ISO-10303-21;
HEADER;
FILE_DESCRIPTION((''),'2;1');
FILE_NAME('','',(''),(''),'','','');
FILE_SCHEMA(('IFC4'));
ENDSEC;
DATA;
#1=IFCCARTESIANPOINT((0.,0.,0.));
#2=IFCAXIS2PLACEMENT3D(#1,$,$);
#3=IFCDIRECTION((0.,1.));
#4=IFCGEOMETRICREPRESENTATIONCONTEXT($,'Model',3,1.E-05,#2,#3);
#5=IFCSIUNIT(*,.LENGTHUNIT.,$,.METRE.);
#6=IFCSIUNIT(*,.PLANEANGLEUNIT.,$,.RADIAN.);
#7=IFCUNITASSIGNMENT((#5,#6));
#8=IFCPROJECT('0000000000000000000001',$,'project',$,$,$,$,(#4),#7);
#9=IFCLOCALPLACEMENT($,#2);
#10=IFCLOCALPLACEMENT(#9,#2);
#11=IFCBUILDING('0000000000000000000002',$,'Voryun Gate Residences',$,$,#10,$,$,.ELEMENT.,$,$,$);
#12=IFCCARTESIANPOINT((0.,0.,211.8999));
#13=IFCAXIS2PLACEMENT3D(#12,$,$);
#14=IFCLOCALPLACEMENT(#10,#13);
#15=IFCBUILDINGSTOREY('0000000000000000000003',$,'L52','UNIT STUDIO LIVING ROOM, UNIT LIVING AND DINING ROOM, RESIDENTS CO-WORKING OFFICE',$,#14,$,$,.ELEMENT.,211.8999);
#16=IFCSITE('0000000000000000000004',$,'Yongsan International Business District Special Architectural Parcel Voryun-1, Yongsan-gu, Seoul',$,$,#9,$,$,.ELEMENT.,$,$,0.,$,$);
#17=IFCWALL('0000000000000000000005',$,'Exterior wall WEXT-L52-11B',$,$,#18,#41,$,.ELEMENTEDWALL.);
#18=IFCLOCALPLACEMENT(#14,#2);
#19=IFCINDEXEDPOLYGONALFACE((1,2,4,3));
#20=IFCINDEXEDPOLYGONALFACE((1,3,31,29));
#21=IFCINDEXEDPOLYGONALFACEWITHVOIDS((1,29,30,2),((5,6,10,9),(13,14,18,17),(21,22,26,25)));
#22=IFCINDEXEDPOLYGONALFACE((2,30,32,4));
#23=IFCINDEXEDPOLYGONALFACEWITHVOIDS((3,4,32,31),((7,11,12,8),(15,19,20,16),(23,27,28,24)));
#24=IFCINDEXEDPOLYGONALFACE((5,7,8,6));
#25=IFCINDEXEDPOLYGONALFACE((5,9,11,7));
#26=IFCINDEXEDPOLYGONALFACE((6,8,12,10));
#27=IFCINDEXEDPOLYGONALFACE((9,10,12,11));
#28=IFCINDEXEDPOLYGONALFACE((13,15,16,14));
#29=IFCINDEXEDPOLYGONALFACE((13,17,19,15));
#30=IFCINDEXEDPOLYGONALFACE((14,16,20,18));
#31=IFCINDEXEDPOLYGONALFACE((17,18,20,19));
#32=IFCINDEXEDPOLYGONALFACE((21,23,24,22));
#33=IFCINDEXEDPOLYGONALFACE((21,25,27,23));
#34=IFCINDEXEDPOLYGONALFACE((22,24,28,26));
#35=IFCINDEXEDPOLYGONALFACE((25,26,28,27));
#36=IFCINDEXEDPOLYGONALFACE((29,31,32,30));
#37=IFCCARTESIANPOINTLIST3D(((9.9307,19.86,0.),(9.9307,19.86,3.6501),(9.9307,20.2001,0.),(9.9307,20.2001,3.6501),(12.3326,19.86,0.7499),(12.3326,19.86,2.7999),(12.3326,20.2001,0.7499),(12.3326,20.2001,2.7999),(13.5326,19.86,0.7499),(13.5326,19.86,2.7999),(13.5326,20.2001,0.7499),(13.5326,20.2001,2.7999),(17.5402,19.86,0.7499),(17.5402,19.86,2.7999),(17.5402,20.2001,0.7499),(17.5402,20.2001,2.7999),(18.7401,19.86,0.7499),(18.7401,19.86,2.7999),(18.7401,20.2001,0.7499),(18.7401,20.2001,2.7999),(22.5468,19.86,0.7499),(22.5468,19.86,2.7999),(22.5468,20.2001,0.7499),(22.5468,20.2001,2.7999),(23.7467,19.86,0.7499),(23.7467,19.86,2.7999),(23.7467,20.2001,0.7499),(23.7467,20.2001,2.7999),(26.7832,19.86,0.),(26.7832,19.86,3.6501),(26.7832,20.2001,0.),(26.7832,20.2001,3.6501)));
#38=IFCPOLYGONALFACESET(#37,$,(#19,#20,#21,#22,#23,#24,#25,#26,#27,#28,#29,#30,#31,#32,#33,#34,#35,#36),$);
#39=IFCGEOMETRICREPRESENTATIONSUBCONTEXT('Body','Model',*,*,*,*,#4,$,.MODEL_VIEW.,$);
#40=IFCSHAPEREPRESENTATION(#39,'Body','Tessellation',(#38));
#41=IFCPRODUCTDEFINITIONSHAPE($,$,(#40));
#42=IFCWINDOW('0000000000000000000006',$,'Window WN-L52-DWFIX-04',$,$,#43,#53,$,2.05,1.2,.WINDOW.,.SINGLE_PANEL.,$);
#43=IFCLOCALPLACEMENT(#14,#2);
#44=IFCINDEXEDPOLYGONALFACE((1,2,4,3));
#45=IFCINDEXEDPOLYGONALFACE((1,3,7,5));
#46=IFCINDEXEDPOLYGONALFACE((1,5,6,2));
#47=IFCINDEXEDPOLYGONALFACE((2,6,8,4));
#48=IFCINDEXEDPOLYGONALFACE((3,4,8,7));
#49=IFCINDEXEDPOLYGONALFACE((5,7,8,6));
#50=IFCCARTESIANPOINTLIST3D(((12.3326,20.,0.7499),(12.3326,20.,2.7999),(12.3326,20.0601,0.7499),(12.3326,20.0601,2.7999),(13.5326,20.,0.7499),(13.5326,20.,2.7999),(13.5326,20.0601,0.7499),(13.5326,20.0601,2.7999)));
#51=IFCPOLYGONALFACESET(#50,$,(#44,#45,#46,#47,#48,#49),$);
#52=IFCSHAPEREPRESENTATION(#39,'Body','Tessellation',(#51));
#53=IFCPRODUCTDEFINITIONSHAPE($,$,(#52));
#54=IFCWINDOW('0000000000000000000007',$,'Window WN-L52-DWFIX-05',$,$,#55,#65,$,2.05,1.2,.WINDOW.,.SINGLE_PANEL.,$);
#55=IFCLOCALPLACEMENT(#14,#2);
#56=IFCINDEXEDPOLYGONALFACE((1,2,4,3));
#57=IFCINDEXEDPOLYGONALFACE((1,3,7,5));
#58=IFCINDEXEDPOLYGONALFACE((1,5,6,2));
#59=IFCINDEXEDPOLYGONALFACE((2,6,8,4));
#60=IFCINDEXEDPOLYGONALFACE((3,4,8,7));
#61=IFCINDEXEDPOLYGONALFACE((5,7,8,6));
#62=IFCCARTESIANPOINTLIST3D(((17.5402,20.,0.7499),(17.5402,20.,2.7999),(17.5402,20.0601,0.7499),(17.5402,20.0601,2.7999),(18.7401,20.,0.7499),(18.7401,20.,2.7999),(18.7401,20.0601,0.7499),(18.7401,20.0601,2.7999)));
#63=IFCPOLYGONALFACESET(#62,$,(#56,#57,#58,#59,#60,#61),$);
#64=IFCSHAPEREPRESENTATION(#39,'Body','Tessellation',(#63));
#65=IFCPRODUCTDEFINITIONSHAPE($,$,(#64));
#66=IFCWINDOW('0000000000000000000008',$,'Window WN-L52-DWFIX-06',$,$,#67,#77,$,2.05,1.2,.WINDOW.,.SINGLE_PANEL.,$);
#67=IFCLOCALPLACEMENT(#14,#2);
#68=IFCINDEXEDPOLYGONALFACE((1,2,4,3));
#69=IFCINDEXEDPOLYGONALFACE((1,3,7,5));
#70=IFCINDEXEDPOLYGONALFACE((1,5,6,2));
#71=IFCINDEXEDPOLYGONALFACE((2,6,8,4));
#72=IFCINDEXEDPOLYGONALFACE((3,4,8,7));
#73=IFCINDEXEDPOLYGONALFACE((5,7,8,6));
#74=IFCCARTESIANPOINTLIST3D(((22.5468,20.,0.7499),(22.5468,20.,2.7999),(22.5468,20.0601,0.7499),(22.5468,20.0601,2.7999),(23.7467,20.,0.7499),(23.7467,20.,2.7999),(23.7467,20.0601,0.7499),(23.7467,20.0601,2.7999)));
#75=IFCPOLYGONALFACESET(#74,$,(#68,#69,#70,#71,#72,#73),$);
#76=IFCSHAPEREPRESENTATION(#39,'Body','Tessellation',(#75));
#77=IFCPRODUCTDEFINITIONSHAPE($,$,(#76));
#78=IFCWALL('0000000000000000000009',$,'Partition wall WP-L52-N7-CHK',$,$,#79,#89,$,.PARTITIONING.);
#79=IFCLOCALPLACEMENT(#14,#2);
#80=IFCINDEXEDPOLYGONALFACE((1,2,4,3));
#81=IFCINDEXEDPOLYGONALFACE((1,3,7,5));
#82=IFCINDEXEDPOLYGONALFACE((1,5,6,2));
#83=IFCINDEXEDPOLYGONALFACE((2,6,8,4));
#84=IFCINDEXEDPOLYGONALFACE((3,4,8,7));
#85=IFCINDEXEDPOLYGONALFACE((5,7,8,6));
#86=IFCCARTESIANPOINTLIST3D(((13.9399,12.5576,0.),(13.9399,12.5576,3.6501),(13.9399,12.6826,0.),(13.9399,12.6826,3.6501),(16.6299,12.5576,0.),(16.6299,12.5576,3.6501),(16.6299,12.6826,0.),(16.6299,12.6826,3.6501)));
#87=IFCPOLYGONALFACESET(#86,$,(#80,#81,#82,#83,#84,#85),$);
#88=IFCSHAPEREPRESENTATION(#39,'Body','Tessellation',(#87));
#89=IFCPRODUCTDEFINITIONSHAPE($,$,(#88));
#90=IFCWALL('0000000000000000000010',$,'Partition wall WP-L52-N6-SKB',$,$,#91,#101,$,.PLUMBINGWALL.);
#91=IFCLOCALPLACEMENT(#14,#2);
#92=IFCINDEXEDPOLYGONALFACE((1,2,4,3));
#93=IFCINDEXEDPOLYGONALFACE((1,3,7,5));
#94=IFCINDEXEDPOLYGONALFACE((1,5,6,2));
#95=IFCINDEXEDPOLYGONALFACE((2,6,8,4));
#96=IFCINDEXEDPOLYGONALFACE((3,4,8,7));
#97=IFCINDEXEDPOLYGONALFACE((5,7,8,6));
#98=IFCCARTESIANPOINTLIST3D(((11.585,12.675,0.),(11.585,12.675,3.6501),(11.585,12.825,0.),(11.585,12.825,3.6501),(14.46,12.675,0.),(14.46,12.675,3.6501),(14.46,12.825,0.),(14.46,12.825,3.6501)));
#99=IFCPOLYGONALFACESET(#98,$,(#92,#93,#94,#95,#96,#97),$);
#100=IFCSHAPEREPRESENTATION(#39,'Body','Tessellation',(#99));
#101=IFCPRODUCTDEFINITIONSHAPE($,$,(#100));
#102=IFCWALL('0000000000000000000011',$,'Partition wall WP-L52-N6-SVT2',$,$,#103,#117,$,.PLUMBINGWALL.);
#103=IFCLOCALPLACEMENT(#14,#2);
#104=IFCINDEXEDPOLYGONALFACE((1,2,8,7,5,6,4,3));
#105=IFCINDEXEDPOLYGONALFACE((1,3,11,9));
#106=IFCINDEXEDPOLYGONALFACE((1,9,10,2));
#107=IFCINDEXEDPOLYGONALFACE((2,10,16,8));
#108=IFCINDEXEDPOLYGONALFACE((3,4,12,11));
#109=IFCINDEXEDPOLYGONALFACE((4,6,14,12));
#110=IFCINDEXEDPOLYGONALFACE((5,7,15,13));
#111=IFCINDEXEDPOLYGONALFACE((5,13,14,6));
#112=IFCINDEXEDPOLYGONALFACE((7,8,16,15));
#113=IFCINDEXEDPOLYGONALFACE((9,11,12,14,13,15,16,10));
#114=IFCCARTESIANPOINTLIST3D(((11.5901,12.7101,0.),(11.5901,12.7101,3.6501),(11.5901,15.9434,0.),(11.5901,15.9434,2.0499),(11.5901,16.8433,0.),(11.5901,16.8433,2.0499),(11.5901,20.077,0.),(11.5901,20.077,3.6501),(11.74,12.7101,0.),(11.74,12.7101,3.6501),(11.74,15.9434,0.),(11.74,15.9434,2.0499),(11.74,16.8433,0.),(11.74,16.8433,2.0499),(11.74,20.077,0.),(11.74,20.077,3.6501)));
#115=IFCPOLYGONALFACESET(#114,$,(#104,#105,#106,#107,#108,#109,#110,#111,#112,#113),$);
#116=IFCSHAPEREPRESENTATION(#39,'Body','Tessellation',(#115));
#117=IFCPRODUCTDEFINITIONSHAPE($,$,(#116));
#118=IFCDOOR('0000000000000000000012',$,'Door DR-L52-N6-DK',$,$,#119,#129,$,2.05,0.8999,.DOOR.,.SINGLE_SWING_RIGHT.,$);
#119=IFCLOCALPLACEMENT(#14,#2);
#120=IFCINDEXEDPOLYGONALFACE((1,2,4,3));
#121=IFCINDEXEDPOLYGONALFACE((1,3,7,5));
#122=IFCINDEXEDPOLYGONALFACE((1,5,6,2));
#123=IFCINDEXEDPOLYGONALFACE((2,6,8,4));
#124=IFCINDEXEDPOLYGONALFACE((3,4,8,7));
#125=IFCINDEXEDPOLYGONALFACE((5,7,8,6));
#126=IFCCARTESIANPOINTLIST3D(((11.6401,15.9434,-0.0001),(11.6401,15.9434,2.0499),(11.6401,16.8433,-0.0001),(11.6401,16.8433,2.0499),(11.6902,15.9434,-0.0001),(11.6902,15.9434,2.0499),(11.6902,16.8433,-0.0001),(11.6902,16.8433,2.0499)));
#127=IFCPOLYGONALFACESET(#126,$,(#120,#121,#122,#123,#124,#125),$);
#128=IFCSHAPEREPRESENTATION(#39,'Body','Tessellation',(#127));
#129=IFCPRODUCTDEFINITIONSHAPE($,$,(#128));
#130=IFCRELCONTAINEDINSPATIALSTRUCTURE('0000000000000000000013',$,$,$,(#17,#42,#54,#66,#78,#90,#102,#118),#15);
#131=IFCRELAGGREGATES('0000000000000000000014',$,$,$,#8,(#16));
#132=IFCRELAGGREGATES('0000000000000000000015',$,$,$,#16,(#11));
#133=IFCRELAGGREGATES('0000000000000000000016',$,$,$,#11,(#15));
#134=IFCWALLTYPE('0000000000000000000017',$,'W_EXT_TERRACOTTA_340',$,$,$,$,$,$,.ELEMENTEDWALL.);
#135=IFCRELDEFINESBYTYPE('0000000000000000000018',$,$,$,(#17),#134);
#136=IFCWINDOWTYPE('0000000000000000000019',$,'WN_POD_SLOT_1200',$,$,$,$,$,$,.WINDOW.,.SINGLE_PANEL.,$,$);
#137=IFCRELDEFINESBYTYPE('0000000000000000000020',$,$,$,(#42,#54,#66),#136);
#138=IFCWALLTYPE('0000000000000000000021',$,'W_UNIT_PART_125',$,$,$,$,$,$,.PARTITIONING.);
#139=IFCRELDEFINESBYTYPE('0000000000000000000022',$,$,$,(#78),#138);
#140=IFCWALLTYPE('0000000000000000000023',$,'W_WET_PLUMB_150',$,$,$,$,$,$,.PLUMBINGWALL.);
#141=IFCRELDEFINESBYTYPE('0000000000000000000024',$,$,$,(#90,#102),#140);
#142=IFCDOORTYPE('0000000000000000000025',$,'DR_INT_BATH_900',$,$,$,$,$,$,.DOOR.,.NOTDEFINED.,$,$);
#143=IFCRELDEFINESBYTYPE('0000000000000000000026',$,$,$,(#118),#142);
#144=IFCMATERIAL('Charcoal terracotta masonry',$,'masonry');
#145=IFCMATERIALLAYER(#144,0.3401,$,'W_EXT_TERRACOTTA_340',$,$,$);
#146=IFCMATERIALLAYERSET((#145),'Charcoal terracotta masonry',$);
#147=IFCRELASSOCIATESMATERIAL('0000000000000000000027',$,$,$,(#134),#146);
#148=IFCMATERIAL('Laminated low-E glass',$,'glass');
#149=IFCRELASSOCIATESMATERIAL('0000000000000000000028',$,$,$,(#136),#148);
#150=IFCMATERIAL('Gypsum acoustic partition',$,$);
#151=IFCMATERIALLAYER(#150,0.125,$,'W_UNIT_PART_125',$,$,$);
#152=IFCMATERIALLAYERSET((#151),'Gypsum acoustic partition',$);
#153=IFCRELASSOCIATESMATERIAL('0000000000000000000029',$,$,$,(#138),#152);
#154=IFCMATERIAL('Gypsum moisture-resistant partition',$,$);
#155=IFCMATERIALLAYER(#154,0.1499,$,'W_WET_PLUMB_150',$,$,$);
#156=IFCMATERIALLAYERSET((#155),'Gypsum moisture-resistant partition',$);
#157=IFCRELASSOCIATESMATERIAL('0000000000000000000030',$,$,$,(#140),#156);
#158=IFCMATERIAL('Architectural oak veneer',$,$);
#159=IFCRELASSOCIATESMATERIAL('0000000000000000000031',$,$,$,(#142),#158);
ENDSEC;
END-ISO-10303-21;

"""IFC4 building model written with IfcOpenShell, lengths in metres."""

from ifc_helpers import new_model, si_unit, direction, frame, frame_2d, origin, place, context, subcontext, project, spatial, rectangle, extrude, material, layer, layer_set, type_object, element, fill, save


model = new_model("IFC4")

# Units and contexts
model_context = context("Model", 3, precision=1e-05, world=origin(), true_north=direction((0.0, 1.0)))
body_context = subcontext(model_context, "Body", "Model", "MODEL_VIEW")
ifc_project = project(units=[si_unit("LENGTHUNIT", "METRE"), si_unit("PLANEANGLEUNIT", "RADIAN")], contexts=[model_context])

# Site, building, storey
site_placement = place(None, origin())
site = spatial("IfcSite", under=ifc_project, at=site_placement, Name="Yongsan International Business District Special Architectural Parcel Voryun-1, Yongsan-gu, Seoul", CompositionType="ELEMENT", RefElevation=0.0)
building_placement = place(site_placement, origin())
building = spatial("IfcBuilding", under=site, at=building_placement, Name="Voryun Gate Residences", CompositionType="ELEMENT")
storey_placement = place(building_placement, frame((0.0, 0.0, 211.8999)))
storey = spatial("IfcBuildingStorey", under=building, at=storey_placement, Name="L52", Description="UNIT STUDIO LIVING ROOM, UNIT LIVING AND DINING ROOM, RESIDENTS CO-WORKING OFFICE", CompositionType="ELEMENT", Elevation=211.8999)

# Wall, openings, windows
ifc_material_1 = material(Name="Charcoal terracotta masonry", Category="masonry")
ifc_layer_1 = layer(ifc_material_1, 0.3401, Name="W_EXT_TERRACOTTA_340")
ifc_layer_set_1 = layer_set([ifc_layer_1], Name="Charcoal terracotta masonry")
wall_type_1 = type_object("IfcWallType", Name="W_EXT_TERRACOTTA_340", PredefinedType="ELEMENTEDWALL", material=ifc_layer_set_1)
wall_1_placement = place(storey_placement, frame((9.9307, 20.03, 0.0), z_axis=(0.0, 0.0, 1.0), x_axis=(1.0, 0.0, 0.0)))
wall_1 = element("IfcWall", 1, at=wall_1_placement, inside=storey, type_object=wall_type_1, Name="Exterior wall WEXT-L52-11B", PredefinedType="ELEMENTEDWALL", context=body_context, shape_type="SweptSolid", body=[
    extrude(rectangle(XDim=16.8525, YDim=0.3401, at=frame_2d((8.4263, 0.0))), origin(), (0.0, 0.0, 1.0), 3.6501),
])
opening_1_placement = place(wall_1_placement, frame((2.4019, 0.0, 0.75)))
opening_1 = element("IfcOpeningElement", 2, at=opening_1_placement, cuts=wall_1, PredefinedType="OPENING", context=body_context, shape_type="SweptSolid", body=[
    extrude(rectangle(XDim=1.2, YDim=2.05, at=frame_2d((0.6001, 1.0249))), frame((0.0, 0.1799, 0.0), z_axis=(0.0, -1.0, 0.0), x_axis=(1.0, 0.0, 0.0)), (0.0, 0.0, 1.0), 0.3601),
])
opening_2_placement = place(wall_1_placement, frame((7.6094, 0.0, 0.75)))
opening_2 = element("IfcOpeningElement", 3, at=opening_2_placement, cuts=wall_1, PredefinedType="OPENING", context=body_context, shape_type="SweptSolid", body=[
    extrude(rectangle(XDim=1.2, YDim=2.05, at=frame_2d((0.6001, 1.0249))), frame((0.0, 0.1799, 0.0), z_axis=(0.0, -1.0, 0.0), x_axis=(1.0, 0.0, 0.0)), (0.0, 0.0, 1.0), 0.3601),
])
opening_3_placement = place(wall_1_placement, frame((12.616, 0.0, 0.75)))
opening_3 = element("IfcOpeningElement", 4, at=opening_3_placement, cuts=wall_1, PredefinedType="OPENING", context=body_context, shape_type="SweptSolid", body=[
    extrude(rectangle(XDim=1.2, YDim=2.05, at=frame_2d((0.6001, 1.0249))), frame((0.0, 0.1799, 0.0), z_axis=(0.0, -1.0, 0.0), x_axis=(1.0, 0.0, 0.0)), (0.0, 0.0, 1.0), 0.3601),
])
ifc_material_2 = material(Name="Laminated low-E glass", Category="glass")
window_type = type_object("IfcWindowType", Name="WN_POD_SLOT_1200", PartitioningType="SINGLE_PANEL", PredefinedType="WINDOW", material=ifc_material_2)
window_1_placement = place(opening_1_placement, origin())
window_1 = element("IfcWindow", 5, at=window_1_placement, inside=storey, type_object=window_type, Name="Window WN-L52-DWFIX-04", OverallHeight=2.05, OverallWidth=1.2, PartitioningType="SINGLE_PANEL", PredefinedType="WINDOW", context=body_context, shape_type="SweptSolid", body=[
    extrude(rectangle(XDim=1.2, YDim=2.05, at=frame_2d((0.6001, 1.0249))), frame((0.0, 0.03, 0.0), z_axis=(0.0, -1.0, 0.0), x_axis=(1.0, 0.0, 0.0)), (0.0, 0.0, 1.0), 0.0601),
])
fill(opening_1, window_1)
window_2_placement = place(opening_2_placement, origin())
window_2 = element("IfcWindow", 6, at=window_2_placement, inside=storey, type_object=window_type, Name="Window WN-L52-DWFIX-05", OverallHeight=2.05, OverallWidth=1.2, PartitioningType="SINGLE_PANEL", PredefinedType="WINDOW", context=body_context, shape_type="SweptSolid", body=[
    extrude(rectangle(XDim=1.2, YDim=2.05, at=frame_2d((0.6001, 1.0249))), frame((0.0, 0.03, 0.0), z_axis=(0.0, -1.0, 0.0), x_axis=(1.0, 0.0, 0.0)), (0.0, 0.0, 1.0), 0.0601),
])
fill(opening_2, window_2)
window_3_placement = place(opening_3_placement, origin())
window_3 = element("IfcWindow", 7, at=window_3_placement, inside=storey, type_object=window_type, Name="Window WN-L52-DWFIX-06", OverallHeight=2.05, OverallWidth=1.2, PartitioningType="SINGLE_PANEL", PredefinedType="WINDOW", context=body_context, shape_type="SweptSolid", body=[
    extrude(rectangle(XDim=1.2, YDim=2.05, at=frame_2d((0.6001, 1.0249))), frame((0.0, 0.03, 0.0), z_axis=(0.0, -1.0, 0.0), x_axis=(1.0, 0.0, 0.0)), (0.0, 0.0, 1.0), 0.0601),
])
fill(opening_3, window_3)

# Walls
ifc_material_3 = material(Name="Gypsum acoustic partition")
ifc_layer_2 = layer(ifc_material_3, 0.125, Name="W_UNIT_PART_125")
ifc_layer_set_2 = layer_set([ifc_layer_2], Name="Gypsum acoustic partition")
wall_type_2 = type_object("IfcWallType", Name="W_UNIT_PART_125", PredefinedType="PARTITIONING", material=ifc_layer_set_2)
wall_2_placement = place(storey_placement, frame((13.9399, 12.6201, 0.0), z_axis=(0.0, 0.0, 1.0), x_axis=(1.0, 0.0, 0.0)))
element("IfcWall", 8, at=wall_2_placement, inside=storey, type_object=wall_type_2, Name="Partition wall WP-L52-N7-CHK", PredefinedType="PARTITIONING", context=body_context, shape_type="SweptSolid", body=[
    extrude(rectangle(XDim=2.6899, YDim=0.125, at=frame_2d((1.345, 0.0))), origin(), (0.0, 0.0, 1.0), 3.6501),
])
ifc_material_4 = material(Name="Gypsum moisture-resistant partition")
ifc_layer_3 = layer(ifc_material_4, 0.1499, Name="W_WET_PLUMB_150")
ifc_layer_set_3 = layer_set([ifc_layer_3], Name="Gypsum moisture-resistant partition")
wall_type_3 = type_object("IfcWallType", Name="W_WET_PLUMB_150", PredefinedType="PLUMBINGWALL", material=ifc_layer_set_3)
wall_3_placement = place(storey_placement, frame((11.585, 12.75, 0.0), z_axis=(0.0, 0.0, 1.0), x_axis=(1.0, 0.0, 0.0)))
element("IfcWall", 9, at=wall_3_placement, inside=storey, type_object=wall_type_3, Name="Partition wall WP-L52-N6-SKB", PredefinedType="PLUMBINGWALL", context=body_context, shape_type="SweptSolid", body=[
    extrude(rectangle(XDim=2.875, YDim=0.1499, at=frame_2d((1.4375, 0.0))), origin(), (0.0, 0.0, 1.0), 3.6501),
])

# Wall, opening, door
wall_4_placement = place(storey_placement, frame((11.665, 12.71, 0.0), z_axis=(0.0, 0.0, 1.0), x_axis=(0.0, 1.0, 0.0)))
wall_4 = element("IfcWall", 10, at=wall_4_placement, inside=storey, type_object=wall_type_3, Name="Partition wall WP-L52-N6-SVT2", PredefinedType="PLUMBINGWALL", context=body_context, shape_type="SweptSolid", body=[
    extrude(rectangle(XDim=7.3669, YDim=0.1499, at=frame_2d((3.6836, 0.0))), origin(), (0.0, 0.0, 1.0), 3.6501),
])
opening_4_placement = place(wall_4_placement, frame((3.2334, 0.0, 0.0)))
opening_4 = element("IfcOpeningElement", 11, at=opening_4_placement, cuts=wall_4, PredefinedType="OPENING", context=body_context, shape_type="SweptSolid", body=[
    extrude(rectangle(XDim=0.8999, YDim=2.05, at=frame_2d((0.45, 1.0249))), frame((0.0, 0.085, 0.0), z_axis=(0.0, -1.0, 0.0), x_axis=(1.0, 0.0, 0.0)), (0.0, 0.0, 1.0), 0.1699),
])
ifc_material_5 = material(Name="Architectural oak veneer")
door_type = type_object("IfcDoorType", Name="DR_INT_BATH_900", OperationType="NOTDEFINED", PredefinedType="DOOR", material=ifc_material_5)
door_placement = place(opening_4_placement, origin())
door = element("IfcDoor", 12, at=door_placement, inside=storey, type_object=door_type, Name="Door DR-L52-N6-DK", OperationType="SINGLE_SWING_RIGHT", OverallHeight=2.05, OverallWidth=0.8999, PredefinedType="DOOR", context=body_context, shape_type="SweptSolid", body=[
    extrude(rectangle(XDim=0.8999, YDim=2.05, at=frame_2d((0.45, 1.0249))), frame((0.0, 0.0249, 0.0), z_axis=(0.0, -1.0, 0.0), x_axis=(1.0, 0.0, 0.0)), (0.0, 0.0, 1.0), 0.05),
])
fill(opening_4, door)

save(model, "model.ifc")
